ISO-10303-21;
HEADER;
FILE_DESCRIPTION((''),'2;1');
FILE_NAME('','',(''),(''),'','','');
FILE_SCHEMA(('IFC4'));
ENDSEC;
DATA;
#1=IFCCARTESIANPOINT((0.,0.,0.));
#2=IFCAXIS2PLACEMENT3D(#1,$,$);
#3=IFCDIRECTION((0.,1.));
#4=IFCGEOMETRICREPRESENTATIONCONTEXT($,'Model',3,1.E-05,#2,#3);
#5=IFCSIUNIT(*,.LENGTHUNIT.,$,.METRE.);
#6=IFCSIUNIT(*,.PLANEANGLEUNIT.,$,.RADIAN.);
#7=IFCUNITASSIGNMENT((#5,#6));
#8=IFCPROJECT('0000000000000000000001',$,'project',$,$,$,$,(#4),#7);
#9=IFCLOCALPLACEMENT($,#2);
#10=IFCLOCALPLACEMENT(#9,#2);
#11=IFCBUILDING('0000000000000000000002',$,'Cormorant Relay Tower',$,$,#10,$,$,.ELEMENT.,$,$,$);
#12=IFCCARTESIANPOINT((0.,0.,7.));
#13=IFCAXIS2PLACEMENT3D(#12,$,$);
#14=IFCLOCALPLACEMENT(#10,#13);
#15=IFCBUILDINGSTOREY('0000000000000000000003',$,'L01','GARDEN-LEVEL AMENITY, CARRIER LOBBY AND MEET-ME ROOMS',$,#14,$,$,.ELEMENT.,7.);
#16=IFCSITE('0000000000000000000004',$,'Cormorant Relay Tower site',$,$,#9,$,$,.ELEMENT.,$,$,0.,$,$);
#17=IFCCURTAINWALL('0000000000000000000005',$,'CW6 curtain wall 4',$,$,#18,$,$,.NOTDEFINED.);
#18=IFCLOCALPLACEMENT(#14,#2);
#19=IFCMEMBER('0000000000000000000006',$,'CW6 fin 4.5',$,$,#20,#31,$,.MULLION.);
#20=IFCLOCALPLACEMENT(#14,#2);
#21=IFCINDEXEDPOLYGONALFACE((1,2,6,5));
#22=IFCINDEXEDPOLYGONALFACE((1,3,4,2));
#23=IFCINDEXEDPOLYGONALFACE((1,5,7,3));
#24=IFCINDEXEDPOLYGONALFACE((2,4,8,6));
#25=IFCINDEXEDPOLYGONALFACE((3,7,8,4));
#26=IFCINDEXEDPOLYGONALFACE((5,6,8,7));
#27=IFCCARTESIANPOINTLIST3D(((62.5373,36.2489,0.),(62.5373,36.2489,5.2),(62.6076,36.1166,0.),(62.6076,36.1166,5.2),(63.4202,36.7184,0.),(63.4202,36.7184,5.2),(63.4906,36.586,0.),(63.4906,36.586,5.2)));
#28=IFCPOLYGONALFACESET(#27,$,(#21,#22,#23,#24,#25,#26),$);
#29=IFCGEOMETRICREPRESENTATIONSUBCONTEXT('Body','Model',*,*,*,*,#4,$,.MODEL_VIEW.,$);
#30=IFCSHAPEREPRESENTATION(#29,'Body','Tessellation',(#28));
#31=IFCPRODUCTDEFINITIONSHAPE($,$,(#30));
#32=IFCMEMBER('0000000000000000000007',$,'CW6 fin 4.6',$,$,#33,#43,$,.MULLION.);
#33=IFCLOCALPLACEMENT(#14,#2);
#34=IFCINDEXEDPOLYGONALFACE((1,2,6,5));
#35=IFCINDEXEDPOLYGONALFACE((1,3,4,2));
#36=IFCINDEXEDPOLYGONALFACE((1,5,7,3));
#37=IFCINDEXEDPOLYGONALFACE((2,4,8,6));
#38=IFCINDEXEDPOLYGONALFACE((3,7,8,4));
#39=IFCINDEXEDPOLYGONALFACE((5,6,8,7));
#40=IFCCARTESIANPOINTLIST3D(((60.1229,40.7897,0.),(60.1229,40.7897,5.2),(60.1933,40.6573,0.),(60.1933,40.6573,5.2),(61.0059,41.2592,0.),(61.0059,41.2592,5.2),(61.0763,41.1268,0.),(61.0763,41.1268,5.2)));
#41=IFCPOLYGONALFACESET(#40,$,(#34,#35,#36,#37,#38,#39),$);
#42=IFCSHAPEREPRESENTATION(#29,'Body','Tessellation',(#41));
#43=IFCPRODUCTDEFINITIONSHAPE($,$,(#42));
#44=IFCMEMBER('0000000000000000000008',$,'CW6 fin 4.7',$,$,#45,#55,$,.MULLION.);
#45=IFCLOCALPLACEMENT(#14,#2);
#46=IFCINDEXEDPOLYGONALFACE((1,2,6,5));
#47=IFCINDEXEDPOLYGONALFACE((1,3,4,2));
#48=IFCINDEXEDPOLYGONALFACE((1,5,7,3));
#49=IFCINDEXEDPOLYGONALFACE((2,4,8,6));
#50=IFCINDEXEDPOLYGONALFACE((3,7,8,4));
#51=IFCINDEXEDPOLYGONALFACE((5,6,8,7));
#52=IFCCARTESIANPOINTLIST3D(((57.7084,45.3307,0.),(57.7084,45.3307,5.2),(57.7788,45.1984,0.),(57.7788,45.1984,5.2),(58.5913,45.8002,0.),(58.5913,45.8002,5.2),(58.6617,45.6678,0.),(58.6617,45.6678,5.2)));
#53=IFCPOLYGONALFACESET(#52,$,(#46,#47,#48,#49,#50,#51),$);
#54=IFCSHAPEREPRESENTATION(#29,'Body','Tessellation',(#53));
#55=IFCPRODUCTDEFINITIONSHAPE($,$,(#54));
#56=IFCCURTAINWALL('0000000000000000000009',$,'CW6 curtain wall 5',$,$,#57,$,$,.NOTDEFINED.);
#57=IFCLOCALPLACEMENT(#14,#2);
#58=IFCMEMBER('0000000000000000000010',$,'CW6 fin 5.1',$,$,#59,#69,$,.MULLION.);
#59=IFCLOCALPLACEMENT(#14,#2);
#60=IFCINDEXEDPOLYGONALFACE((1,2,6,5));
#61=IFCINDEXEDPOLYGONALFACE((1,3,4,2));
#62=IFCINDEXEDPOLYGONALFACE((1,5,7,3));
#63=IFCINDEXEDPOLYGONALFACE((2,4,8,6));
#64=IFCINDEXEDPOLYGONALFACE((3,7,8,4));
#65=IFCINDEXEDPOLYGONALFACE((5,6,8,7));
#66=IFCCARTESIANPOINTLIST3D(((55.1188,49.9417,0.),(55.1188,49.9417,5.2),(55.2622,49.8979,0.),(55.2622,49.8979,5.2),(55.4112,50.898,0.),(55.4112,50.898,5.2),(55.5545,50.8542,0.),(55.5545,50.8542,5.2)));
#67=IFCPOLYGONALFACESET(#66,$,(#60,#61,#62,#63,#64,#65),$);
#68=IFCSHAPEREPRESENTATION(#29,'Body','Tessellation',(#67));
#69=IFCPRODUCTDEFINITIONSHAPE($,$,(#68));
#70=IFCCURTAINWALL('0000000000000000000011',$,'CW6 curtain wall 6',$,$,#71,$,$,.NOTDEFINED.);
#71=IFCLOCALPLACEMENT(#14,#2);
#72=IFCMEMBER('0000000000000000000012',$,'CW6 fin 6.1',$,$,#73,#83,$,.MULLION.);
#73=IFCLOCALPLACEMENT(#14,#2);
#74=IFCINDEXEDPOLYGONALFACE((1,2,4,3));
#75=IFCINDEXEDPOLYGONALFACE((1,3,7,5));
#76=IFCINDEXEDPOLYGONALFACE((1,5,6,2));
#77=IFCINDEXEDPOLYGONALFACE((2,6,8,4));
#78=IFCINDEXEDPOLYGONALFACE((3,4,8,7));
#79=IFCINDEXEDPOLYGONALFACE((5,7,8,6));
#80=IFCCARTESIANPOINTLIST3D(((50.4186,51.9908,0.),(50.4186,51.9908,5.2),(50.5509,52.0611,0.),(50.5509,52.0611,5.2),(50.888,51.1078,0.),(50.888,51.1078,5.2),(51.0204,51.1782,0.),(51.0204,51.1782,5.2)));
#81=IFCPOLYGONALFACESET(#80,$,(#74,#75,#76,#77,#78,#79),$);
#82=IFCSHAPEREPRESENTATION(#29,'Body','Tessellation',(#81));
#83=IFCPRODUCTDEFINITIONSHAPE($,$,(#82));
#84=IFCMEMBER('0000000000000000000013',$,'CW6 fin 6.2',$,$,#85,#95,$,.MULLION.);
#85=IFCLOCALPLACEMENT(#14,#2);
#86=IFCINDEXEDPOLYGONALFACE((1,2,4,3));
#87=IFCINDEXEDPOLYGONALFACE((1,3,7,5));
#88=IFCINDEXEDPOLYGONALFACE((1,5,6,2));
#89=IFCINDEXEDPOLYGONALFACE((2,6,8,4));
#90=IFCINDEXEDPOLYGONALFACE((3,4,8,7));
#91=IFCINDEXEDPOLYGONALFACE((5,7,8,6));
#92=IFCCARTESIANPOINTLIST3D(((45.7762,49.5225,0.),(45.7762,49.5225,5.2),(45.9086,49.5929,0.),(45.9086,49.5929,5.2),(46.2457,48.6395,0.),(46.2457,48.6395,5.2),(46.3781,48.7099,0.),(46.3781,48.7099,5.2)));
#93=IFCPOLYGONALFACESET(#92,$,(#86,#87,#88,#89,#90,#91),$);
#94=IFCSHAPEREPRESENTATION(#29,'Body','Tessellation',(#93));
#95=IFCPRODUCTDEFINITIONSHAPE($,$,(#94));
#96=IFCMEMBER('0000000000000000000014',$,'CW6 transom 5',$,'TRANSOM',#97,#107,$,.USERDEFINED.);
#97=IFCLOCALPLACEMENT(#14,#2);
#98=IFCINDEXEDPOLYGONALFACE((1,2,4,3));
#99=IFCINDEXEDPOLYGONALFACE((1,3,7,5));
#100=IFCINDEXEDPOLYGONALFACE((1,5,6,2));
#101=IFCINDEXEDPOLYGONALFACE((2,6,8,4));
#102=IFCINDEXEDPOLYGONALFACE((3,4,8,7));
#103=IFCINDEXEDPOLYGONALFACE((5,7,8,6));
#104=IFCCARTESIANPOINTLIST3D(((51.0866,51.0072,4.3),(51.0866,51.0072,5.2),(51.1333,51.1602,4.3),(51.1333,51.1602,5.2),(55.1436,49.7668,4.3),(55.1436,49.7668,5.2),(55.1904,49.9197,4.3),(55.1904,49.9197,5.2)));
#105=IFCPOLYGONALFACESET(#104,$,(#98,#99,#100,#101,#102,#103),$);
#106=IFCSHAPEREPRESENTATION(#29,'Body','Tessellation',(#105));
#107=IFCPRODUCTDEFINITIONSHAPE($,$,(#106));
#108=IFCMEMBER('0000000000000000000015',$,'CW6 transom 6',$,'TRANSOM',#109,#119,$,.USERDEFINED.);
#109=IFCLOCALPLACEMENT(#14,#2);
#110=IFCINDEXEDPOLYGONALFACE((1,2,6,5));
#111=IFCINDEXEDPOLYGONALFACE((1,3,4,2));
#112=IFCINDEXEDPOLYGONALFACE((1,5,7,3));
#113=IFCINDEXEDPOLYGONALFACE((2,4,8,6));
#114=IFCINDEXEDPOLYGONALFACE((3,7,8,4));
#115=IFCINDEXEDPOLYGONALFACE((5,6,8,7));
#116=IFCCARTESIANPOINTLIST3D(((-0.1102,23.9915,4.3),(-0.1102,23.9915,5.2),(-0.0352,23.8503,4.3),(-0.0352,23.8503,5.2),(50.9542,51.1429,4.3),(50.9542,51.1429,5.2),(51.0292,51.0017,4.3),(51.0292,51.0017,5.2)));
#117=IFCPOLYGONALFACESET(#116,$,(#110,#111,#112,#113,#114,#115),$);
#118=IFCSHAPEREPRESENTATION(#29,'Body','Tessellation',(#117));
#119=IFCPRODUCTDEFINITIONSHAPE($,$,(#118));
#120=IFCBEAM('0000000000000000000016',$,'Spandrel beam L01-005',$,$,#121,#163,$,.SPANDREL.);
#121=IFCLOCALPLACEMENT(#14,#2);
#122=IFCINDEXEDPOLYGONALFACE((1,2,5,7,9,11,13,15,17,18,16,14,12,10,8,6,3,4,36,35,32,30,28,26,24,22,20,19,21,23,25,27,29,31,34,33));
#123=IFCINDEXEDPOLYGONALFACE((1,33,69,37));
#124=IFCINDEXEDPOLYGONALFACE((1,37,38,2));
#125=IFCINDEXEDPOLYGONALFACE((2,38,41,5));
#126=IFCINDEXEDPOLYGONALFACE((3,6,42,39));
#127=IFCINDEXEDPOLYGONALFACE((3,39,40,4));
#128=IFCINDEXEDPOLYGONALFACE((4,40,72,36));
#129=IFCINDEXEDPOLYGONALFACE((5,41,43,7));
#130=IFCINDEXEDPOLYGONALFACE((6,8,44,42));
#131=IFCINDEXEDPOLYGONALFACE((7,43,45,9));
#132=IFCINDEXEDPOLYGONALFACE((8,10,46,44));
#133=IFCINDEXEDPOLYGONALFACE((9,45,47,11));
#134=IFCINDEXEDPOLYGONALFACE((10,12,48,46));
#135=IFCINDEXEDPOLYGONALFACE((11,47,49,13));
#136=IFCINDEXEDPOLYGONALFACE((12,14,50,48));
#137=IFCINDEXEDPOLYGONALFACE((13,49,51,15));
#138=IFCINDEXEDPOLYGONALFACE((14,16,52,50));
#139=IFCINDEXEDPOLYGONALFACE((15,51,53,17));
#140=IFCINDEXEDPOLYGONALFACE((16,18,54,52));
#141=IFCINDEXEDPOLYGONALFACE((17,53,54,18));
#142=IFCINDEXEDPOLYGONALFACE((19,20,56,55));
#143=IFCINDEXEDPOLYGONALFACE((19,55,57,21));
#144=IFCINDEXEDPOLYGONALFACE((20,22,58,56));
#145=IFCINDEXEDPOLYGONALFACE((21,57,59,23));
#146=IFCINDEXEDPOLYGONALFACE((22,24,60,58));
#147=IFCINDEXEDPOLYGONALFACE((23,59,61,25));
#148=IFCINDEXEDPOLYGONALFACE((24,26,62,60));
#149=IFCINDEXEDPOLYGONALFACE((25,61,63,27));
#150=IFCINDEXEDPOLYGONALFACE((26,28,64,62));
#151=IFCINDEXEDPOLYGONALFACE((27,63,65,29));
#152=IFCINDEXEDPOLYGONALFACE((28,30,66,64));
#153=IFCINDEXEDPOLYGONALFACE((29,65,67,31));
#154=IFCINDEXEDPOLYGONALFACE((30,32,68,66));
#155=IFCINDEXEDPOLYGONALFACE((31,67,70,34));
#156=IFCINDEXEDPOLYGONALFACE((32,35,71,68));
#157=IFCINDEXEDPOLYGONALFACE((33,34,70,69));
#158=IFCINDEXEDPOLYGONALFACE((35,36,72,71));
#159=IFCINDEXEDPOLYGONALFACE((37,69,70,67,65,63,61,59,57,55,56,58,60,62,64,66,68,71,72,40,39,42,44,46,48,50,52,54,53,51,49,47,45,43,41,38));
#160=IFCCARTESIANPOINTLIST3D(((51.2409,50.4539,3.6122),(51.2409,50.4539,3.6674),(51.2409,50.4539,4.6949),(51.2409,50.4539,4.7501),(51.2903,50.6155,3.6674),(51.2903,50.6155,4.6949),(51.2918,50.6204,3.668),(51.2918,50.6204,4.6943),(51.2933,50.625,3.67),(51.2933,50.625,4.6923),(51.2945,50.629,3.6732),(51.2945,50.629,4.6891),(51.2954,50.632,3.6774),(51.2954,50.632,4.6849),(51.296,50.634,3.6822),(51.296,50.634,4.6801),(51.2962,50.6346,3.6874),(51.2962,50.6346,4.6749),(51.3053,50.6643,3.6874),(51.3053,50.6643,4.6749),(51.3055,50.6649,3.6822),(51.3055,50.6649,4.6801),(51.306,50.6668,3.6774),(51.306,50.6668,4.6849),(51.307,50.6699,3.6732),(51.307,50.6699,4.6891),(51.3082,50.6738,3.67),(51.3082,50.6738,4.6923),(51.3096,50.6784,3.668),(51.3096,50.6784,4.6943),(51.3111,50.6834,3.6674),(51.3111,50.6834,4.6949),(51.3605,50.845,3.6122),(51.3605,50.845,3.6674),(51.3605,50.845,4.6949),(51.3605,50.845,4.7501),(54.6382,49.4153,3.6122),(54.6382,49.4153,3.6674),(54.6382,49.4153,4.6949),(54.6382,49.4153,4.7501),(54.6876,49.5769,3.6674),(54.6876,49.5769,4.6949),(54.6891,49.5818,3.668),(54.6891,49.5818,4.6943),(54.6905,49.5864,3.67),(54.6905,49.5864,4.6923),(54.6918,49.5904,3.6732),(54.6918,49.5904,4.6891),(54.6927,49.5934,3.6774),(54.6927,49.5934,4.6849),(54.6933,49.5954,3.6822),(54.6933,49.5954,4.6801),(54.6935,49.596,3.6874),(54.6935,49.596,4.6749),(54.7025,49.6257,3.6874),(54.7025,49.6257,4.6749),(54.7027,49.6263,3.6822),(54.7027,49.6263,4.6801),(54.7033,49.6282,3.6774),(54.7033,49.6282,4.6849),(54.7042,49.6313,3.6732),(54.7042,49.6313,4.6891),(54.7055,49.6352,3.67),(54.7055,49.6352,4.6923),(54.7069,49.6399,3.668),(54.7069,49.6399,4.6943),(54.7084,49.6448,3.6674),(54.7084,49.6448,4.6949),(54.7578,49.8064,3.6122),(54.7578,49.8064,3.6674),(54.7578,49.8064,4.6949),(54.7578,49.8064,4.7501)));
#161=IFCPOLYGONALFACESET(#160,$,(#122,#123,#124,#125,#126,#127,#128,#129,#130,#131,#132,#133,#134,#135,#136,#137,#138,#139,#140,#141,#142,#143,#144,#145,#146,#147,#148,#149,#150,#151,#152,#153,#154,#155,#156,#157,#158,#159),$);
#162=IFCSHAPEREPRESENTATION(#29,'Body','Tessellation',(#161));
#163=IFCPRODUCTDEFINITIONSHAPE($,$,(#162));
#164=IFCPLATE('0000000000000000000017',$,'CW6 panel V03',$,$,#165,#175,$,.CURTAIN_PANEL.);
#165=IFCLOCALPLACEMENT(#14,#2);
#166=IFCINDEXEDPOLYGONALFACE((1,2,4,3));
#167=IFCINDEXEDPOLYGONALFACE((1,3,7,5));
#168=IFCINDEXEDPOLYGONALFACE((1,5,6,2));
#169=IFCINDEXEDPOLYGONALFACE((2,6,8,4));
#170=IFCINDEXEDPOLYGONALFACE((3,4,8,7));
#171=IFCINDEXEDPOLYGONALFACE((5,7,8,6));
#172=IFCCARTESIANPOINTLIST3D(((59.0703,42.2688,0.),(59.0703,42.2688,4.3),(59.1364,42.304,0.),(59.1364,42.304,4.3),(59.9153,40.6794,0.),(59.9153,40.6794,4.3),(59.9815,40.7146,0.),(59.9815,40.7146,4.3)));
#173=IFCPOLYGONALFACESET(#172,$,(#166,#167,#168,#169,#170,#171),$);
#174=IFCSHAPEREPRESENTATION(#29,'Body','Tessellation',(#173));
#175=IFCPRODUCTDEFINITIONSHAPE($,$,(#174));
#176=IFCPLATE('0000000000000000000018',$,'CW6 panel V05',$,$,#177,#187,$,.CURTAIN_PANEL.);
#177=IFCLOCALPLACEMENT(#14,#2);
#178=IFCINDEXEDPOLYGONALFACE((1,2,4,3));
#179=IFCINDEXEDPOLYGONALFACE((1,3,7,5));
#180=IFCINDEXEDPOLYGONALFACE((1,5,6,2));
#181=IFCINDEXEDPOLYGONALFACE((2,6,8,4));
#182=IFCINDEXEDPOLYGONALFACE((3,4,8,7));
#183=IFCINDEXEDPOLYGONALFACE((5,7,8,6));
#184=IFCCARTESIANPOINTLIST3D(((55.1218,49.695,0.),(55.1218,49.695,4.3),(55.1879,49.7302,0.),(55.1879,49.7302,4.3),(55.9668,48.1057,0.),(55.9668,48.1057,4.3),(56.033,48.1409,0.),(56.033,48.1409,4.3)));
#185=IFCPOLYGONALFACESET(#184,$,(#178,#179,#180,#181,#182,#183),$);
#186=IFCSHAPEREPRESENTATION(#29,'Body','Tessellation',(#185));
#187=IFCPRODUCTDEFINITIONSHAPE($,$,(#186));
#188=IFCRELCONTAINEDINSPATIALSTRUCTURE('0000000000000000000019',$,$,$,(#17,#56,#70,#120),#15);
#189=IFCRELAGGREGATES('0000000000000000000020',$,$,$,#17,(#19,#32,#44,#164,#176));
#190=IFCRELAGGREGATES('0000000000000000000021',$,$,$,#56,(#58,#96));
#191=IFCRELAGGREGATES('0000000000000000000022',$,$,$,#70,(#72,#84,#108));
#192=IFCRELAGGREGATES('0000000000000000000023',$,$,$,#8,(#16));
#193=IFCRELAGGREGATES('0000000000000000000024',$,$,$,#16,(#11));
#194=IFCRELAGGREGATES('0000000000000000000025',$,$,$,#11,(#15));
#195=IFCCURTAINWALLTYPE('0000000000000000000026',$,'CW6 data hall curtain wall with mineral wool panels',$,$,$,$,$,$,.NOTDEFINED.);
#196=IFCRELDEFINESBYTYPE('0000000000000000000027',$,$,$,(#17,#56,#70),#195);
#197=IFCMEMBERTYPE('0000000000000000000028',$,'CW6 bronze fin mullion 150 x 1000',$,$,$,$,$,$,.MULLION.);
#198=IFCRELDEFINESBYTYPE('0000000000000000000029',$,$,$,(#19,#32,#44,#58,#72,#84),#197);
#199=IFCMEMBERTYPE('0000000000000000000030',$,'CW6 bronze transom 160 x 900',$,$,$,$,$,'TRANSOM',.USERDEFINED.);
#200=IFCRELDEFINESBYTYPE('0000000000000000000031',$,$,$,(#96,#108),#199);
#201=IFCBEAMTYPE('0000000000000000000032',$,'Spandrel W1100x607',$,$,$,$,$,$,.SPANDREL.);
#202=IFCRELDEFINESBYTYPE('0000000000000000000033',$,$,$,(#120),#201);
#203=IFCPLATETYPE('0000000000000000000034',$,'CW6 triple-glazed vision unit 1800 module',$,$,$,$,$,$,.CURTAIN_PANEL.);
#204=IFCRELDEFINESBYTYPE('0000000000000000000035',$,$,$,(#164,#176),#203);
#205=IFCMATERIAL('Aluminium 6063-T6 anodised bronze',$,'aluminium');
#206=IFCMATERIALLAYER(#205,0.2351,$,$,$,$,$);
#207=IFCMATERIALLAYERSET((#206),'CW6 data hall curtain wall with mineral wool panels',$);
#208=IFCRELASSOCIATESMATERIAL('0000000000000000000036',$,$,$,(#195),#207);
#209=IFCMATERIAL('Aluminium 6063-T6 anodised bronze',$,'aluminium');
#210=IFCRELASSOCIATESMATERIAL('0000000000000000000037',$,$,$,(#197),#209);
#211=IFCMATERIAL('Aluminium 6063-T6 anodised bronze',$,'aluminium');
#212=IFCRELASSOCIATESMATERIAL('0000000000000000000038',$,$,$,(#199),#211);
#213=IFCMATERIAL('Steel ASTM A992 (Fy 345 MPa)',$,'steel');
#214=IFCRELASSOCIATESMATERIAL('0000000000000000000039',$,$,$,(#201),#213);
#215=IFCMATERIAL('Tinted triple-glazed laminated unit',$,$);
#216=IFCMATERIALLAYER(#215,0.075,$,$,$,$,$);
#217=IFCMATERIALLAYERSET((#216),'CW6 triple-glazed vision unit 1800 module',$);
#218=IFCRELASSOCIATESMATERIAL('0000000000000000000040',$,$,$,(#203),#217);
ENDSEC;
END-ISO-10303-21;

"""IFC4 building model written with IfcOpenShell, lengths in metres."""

from ifc_helpers import new_model, si_unit, direction, frame, origin, origin_2d, place, context, subcontext, project, spatial, rectangle, i_section, extrude, material, layer, layer_set, material_profile, profile_set, type_object, element, aggregate, save


model = new_model("IFC4")

# Units and contexts
model_context = context("Model", 3, precision=1e-05, world=origin(), true_north=direction((0.0, 1.0)))
body_context = subcontext(model_context, "Body", "Model", "MODEL_VIEW")
ifc_project = project(units=[si_unit("LENGTHUNIT", "METRE"), si_unit("PLANEANGLEUNIT", "RADIAN")], contexts=[model_context])

# Site, building, storey
site_placement = place(None, origin())
site = spatial("IfcSite", under=ifc_project, at=site_placement, Name="Cormorant Relay Tower site", CompositionType="ELEMENT", RefElevation=0.0)
building_placement = place(site_placement, origin())
building = spatial("IfcBuilding", under=site, at=building_placement, Name="Cormorant Relay Tower", CompositionType="ELEMENT")
storey_placement = place(building_placement, frame((0.0, 0.0, 7.0)))
storey = spatial("IfcBuildingStorey", under=building, at=storey_placement, Name="L01", Description="GARDEN-LEVEL AMENITY, CARRIER LOBBY AND MEET-ME ROOMS", CompositionType="ELEMENT", Elevation=7.0)

# Curtain wall, members
ifc_material_1 = material(Name="Aluminium 6063-T6 anodised bronze", Category="aluminium")
ifc_layer_1 = layer(ifc_material_1, 0.2351)
ifc_layer_set_1 = layer_set([ifc_layer_1], Name="CW6 data hall curtain wall with mineral wool panels")
curtain_wall_type = type_object("IfcCurtainWallType", Name="CW6 data hall curtain wall with mineral wool panels", PredefinedType="NOTDEFINED", material=ifc_layer_set_1)
curtain_wall_1_placement = place(storey_placement, origin())
curtain_wall_1 = element("IfcCurtainWall", 1, at=curtain_wall_1_placement, inside=storey, type_object=curtain_wall_type, Name="CW6 curtain wall 4", PredefinedType="NOTDEFINED")
ifc_material_2 = material(Name="Aluminium 6063-T6 anodised bronze", Category="aluminium")
ifc_material_profile_1 = material_profile(ifc_material_2, rectangle(XDim=0.1499, YDim=1.0, at=origin_2d()), Name="AL 150x1000")
ifc_profile_set_1 = profile_set([ifc_material_profile_1], Name="Aluminium 6063-T6 anodised bronze")
member_type_1 = type_object("IfcMemberType", Name="CW6 bronze fin mullion 150 x 1000", PredefinedType="MULLION", material=ifc_profile_set_1)
member_1_placement = place(storey_placement, frame((63.0139, 36.4175, 0.0), z_axis=(0.0, 0.0, 1.0), x_axis=(-0.469472, 0.882948, 0.0)))
member_1 = element("IfcMember", 2, at=member_1_placement, type_object=member_type_1, Name="CW6 fin 4.5", PredefinedType="MULLION", context=body_context, shape_type="SweptSolid", body=[
    extrude(rectangle(XDim=0.1499, YDim=1.0, at=origin_2d()), origin(), (0.0, 0.0, 1.0), 5.2),
])
member_2_placement = place(storey_placement, frame((60.5996, 40.9583, 0.0), z_axis=(0.0, 0.0, 1.0), x_axis=(-0.469472, 0.882948, 0.0)))
member_2 = element("IfcMember", 3, at=member_2_placement, type_object=member_type_1, Name="CW6 fin 4.6", PredefinedType="MULLION", context=body_context, shape_type="SweptSolid", body=[
    extrude(rectangle(XDim=0.1499, YDim=1.0, at=origin_2d()), origin(), (0.0, 0.0, 1.0), 5.2),
])
member_3_placement = place(storey_placement, frame((58.1851, 45.4993, 0.0), z_axis=(0.0, 0.0, 1.0), x_axis=(-0.469472, 0.882948, 0.0)))
member_3 = element("IfcMember", 4, at=member_3_placement, type_object=member_type_1, Name="CW6 fin 4.7", PredefinedType="MULLION", context=body_context, shape_type="SweptSolid", body=[
    extrude(rectangle(XDim=0.1499, YDim=1.0, at=origin_2d()), origin(), (0.0, 0.0, 1.0), 5.2),
])

# Curtain wall, member
curtain_wall_2_placement = place(storey_placement, origin())
curtain_wall_2 = element("IfcCurtainWall", 5, at=curtain_wall_2_placement, inside=storey, type_object=curtain_wall_type, Name="CW6 curtain wall 5", PredefinedType="NOTDEFINED")
member_4_placement = place(storey_placement, frame((55.3367, 50.3979, 0.0), z_axis=(0.0, 0.0, 1.0), x_axis=(-0.956305, 0.292372, 0.0)))
member_4 = element("IfcMember", 6, at=member_4_placement, type_object=member_type_1, Name="CW6 fin 5.1", PredefinedType="MULLION", context=body_context, shape_type="SweptSolid", body=[
    extrude(rectangle(XDim=0.1499, YDim=1.0, at=origin_2d()), origin(), (0.0, 0.0, 1.0), 5.2),
])

# Curtain wall, members
curtain_wall_3_placement = place(storey_placement, origin())
curtain_wall_3 = element("IfcCurtainWall", 7, at=curtain_wall_3_placement, inside=storey, type_object=curtain_wall_type, Name="CW6 curtain wall 6", PredefinedType="NOTDEFINED")
member_5_placement = place(storey_placement, frame((50.7195, 51.5845, 0.0), z_axis=(0.0, 0.0, 1.0), x_axis=(-0.882948, -0.469472, 0.0)))
member_5 = element("IfcMember", 8, at=member_5_placement, type_object=member_type_1, Name="CW6 fin 6.1", PredefinedType="MULLION", context=body_context, shape_type="SweptSolid", body=[
    extrude(rectangle(XDim=0.1499, YDim=1.0, at=origin_2d()), origin(), (0.0, 0.0, 1.0), 5.2),
])
member_6_placement = place(storey_placement, frame((46.0771, 49.1162, 0.0), z_axis=(0.0, 0.0, 1.0), x_axis=(-0.882948, -0.469472, 0.0)))
member_6 = element("IfcMember", 9, at=member_6_placement, type_object=member_type_1, Name="CW6 fin 6.2", PredefinedType="MULLION", context=body_context, shape_type="SweptSolid", body=[
    extrude(rectangle(XDim=0.1499, YDim=1.0, at=origin_2d()), origin(), (0.0, 0.0, 1.0), 5.2),
])

# Members
ifc_material_3 = material(Name="Aluminium 6063-T6 anodised bronze", Category="aluminium")
ifc_material_profile_2 = material_profile(ifc_material_3, rectangle(XDim=0.1599, YDim=0.8999, at=origin_2d()), Name="AL 160x900")
ifc_profile_set_2 = profile_set([ifc_material_profile_2], Name="Aluminium 6063-T6 anodised bronze")
member_type_2 = type_object("IfcMemberType", Name="CW6 bronze transom 160 x 900", ElementType="TRANSOM", PredefinedType="USERDEFINED", material=ifc_profile_set_2)
member_7_placement = place(storey_placement, frame((55.167, 49.8433, 4.75), z_axis=(-0.956299, 0.292391, 0.0), x_axis=(-0.292391, -0.956299, 0.0)))
member_7 = element("IfcMember", 10, at=member_7_placement, type_object=member_type_2, Name="CW6 transom 5", ObjectType="TRANSOM", PredefinedType="USERDEFINED", context=body_context, shape_type="SweptSolid", body=[
    extrude(rectangle(XDim=0.1599, YDim=0.8999, at=origin_2d()), origin(), (0.0, 0.0, 1.0), 4.2424),
])
member_8_placement = place(storey_placement, frame((50.9917, 51.0723, 4.75), z_axis=(-0.882948, -0.46947, 0.0), x_axis=(0.46947, -0.882948, 0.0)))
member_8 = element("IfcMember", 11, at=member_8_placement, type_object=member_type_2, Name="CW6 transom 6", ObjectType="TRANSOM", PredefinedType="USERDEFINED", context=body_context, shape_type="SweptSolid", body=[
    extrude(rectangle(XDim=0.1599, YDim=0.8999, at=origin_2d()), origin(), (0.0, 0.0, 1.0), 57.834),
])

# Beam
ifc_material_4 = material(Name="Steel ASTM A992 (Fy 345 MPa)", Category="steel")
ifc_material_profile_3 = material_profile(ifc_material_4, i_section(OverallWidth=0.4089, OverallDepth=1.1379, WebThickness=0.031, FlangeThickness=0.0552, FilletRadius=0.02, at=origin_2d()), Name="W1100x607")
ifc_profile_set_3 = profile_set([ifc_material_profile_3], Name="Steel ASTM A992 (Fy 345 MPa)")
beam_type = type_object("IfcBeamType", Name="Spandrel W1100x607", PredefinedType="SPANDREL", material=ifc_profile_set_3)
beam_placement = place(storey_placement, frame((54.698, 49.6108, 4.1812), z_axis=(-0.956309, 0.292356, 0.0), x_axis=(-0.292356, -0.956309, 0.0)))
element("IfcBeam", 12, at=beam_placement, inside=storey, type_object=beam_type, Name="Spandrel beam L01-005", PredefinedType="SPANDREL", context=body_context, shape_type="SweptSolid", body=[
    extrude(i_section(OverallWidth=0.4089, OverallDepth=1.1379, WebThickness=0.031, FlangeThickness=0.0552, FilletRadius=0.02, at=origin_2d()), origin(), (0.0, 0.0, 1.0), 3.5525),
])

# Plates
ifc_material_5 = material(Name="Tinted triple-glazed laminated unit")
ifc_layer_2 = layer(ifc_material_5, 0.075)
ifc_layer_set_2 = layer_set([ifc_layer_2], Name="CW6 triple-glazed vision unit 1800 module")
plate_type = type_object("IfcPlateType", Name="CW6 triple-glazed vision unit 1800 module", PredefinedType="CURTAIN_PANEL", material=ifc_layer_set_2)
plate_1_placement = place(storey_placement, frame((59.5259, 41.4917, 0.0), z_axis=(0.0, 0.0, 1.0), x_axis=(-0.469472, 0.882948, 0.0)))
plate_1 = element("IfcPlate", 13, at=plate_1_placement, type_object=plate_type, Name="CW6 panel V03", PredefinedType="CURTAIN_PANEL", context=body_context, shape_type="SweptSolid", body=[
    extrude(rectangle(XDim=1.8, YDim=0.075, at=origin_2d()), origin(), (0.0, 0.0, 1.0), 4.3),
])
plate_2_placement = place(storey_placement, frame((55.5774, 48.918, 0.0), z_axis=(0.0, 0.0, 1.0), x_axis=(-0.469472, 0.882948, 0.0)))
plate_2 = element("IfcPlate", 14, at=plate_2_placement, type_object=plate_type, Name="CW6 panel V05", PredefinedType="CURTAIN_PANEL", context=body_context, shape_type="SweptSolid", body=[
    extrude(rectangle(XDim=1.8, YDim=0.075, at=origin_2d()), origin(), (0.0, 0.0, 1.0), 4.3),
])

aggregate(curtain_wall_1, [member_1, member_2, member_3, plate_1, plate_2])
aggregate(curtain_wall_2, [member_4, member_7])
aggregate(curtain_wall_3, [member_5, member_6, member_8])

save(model, "model.ifc")
